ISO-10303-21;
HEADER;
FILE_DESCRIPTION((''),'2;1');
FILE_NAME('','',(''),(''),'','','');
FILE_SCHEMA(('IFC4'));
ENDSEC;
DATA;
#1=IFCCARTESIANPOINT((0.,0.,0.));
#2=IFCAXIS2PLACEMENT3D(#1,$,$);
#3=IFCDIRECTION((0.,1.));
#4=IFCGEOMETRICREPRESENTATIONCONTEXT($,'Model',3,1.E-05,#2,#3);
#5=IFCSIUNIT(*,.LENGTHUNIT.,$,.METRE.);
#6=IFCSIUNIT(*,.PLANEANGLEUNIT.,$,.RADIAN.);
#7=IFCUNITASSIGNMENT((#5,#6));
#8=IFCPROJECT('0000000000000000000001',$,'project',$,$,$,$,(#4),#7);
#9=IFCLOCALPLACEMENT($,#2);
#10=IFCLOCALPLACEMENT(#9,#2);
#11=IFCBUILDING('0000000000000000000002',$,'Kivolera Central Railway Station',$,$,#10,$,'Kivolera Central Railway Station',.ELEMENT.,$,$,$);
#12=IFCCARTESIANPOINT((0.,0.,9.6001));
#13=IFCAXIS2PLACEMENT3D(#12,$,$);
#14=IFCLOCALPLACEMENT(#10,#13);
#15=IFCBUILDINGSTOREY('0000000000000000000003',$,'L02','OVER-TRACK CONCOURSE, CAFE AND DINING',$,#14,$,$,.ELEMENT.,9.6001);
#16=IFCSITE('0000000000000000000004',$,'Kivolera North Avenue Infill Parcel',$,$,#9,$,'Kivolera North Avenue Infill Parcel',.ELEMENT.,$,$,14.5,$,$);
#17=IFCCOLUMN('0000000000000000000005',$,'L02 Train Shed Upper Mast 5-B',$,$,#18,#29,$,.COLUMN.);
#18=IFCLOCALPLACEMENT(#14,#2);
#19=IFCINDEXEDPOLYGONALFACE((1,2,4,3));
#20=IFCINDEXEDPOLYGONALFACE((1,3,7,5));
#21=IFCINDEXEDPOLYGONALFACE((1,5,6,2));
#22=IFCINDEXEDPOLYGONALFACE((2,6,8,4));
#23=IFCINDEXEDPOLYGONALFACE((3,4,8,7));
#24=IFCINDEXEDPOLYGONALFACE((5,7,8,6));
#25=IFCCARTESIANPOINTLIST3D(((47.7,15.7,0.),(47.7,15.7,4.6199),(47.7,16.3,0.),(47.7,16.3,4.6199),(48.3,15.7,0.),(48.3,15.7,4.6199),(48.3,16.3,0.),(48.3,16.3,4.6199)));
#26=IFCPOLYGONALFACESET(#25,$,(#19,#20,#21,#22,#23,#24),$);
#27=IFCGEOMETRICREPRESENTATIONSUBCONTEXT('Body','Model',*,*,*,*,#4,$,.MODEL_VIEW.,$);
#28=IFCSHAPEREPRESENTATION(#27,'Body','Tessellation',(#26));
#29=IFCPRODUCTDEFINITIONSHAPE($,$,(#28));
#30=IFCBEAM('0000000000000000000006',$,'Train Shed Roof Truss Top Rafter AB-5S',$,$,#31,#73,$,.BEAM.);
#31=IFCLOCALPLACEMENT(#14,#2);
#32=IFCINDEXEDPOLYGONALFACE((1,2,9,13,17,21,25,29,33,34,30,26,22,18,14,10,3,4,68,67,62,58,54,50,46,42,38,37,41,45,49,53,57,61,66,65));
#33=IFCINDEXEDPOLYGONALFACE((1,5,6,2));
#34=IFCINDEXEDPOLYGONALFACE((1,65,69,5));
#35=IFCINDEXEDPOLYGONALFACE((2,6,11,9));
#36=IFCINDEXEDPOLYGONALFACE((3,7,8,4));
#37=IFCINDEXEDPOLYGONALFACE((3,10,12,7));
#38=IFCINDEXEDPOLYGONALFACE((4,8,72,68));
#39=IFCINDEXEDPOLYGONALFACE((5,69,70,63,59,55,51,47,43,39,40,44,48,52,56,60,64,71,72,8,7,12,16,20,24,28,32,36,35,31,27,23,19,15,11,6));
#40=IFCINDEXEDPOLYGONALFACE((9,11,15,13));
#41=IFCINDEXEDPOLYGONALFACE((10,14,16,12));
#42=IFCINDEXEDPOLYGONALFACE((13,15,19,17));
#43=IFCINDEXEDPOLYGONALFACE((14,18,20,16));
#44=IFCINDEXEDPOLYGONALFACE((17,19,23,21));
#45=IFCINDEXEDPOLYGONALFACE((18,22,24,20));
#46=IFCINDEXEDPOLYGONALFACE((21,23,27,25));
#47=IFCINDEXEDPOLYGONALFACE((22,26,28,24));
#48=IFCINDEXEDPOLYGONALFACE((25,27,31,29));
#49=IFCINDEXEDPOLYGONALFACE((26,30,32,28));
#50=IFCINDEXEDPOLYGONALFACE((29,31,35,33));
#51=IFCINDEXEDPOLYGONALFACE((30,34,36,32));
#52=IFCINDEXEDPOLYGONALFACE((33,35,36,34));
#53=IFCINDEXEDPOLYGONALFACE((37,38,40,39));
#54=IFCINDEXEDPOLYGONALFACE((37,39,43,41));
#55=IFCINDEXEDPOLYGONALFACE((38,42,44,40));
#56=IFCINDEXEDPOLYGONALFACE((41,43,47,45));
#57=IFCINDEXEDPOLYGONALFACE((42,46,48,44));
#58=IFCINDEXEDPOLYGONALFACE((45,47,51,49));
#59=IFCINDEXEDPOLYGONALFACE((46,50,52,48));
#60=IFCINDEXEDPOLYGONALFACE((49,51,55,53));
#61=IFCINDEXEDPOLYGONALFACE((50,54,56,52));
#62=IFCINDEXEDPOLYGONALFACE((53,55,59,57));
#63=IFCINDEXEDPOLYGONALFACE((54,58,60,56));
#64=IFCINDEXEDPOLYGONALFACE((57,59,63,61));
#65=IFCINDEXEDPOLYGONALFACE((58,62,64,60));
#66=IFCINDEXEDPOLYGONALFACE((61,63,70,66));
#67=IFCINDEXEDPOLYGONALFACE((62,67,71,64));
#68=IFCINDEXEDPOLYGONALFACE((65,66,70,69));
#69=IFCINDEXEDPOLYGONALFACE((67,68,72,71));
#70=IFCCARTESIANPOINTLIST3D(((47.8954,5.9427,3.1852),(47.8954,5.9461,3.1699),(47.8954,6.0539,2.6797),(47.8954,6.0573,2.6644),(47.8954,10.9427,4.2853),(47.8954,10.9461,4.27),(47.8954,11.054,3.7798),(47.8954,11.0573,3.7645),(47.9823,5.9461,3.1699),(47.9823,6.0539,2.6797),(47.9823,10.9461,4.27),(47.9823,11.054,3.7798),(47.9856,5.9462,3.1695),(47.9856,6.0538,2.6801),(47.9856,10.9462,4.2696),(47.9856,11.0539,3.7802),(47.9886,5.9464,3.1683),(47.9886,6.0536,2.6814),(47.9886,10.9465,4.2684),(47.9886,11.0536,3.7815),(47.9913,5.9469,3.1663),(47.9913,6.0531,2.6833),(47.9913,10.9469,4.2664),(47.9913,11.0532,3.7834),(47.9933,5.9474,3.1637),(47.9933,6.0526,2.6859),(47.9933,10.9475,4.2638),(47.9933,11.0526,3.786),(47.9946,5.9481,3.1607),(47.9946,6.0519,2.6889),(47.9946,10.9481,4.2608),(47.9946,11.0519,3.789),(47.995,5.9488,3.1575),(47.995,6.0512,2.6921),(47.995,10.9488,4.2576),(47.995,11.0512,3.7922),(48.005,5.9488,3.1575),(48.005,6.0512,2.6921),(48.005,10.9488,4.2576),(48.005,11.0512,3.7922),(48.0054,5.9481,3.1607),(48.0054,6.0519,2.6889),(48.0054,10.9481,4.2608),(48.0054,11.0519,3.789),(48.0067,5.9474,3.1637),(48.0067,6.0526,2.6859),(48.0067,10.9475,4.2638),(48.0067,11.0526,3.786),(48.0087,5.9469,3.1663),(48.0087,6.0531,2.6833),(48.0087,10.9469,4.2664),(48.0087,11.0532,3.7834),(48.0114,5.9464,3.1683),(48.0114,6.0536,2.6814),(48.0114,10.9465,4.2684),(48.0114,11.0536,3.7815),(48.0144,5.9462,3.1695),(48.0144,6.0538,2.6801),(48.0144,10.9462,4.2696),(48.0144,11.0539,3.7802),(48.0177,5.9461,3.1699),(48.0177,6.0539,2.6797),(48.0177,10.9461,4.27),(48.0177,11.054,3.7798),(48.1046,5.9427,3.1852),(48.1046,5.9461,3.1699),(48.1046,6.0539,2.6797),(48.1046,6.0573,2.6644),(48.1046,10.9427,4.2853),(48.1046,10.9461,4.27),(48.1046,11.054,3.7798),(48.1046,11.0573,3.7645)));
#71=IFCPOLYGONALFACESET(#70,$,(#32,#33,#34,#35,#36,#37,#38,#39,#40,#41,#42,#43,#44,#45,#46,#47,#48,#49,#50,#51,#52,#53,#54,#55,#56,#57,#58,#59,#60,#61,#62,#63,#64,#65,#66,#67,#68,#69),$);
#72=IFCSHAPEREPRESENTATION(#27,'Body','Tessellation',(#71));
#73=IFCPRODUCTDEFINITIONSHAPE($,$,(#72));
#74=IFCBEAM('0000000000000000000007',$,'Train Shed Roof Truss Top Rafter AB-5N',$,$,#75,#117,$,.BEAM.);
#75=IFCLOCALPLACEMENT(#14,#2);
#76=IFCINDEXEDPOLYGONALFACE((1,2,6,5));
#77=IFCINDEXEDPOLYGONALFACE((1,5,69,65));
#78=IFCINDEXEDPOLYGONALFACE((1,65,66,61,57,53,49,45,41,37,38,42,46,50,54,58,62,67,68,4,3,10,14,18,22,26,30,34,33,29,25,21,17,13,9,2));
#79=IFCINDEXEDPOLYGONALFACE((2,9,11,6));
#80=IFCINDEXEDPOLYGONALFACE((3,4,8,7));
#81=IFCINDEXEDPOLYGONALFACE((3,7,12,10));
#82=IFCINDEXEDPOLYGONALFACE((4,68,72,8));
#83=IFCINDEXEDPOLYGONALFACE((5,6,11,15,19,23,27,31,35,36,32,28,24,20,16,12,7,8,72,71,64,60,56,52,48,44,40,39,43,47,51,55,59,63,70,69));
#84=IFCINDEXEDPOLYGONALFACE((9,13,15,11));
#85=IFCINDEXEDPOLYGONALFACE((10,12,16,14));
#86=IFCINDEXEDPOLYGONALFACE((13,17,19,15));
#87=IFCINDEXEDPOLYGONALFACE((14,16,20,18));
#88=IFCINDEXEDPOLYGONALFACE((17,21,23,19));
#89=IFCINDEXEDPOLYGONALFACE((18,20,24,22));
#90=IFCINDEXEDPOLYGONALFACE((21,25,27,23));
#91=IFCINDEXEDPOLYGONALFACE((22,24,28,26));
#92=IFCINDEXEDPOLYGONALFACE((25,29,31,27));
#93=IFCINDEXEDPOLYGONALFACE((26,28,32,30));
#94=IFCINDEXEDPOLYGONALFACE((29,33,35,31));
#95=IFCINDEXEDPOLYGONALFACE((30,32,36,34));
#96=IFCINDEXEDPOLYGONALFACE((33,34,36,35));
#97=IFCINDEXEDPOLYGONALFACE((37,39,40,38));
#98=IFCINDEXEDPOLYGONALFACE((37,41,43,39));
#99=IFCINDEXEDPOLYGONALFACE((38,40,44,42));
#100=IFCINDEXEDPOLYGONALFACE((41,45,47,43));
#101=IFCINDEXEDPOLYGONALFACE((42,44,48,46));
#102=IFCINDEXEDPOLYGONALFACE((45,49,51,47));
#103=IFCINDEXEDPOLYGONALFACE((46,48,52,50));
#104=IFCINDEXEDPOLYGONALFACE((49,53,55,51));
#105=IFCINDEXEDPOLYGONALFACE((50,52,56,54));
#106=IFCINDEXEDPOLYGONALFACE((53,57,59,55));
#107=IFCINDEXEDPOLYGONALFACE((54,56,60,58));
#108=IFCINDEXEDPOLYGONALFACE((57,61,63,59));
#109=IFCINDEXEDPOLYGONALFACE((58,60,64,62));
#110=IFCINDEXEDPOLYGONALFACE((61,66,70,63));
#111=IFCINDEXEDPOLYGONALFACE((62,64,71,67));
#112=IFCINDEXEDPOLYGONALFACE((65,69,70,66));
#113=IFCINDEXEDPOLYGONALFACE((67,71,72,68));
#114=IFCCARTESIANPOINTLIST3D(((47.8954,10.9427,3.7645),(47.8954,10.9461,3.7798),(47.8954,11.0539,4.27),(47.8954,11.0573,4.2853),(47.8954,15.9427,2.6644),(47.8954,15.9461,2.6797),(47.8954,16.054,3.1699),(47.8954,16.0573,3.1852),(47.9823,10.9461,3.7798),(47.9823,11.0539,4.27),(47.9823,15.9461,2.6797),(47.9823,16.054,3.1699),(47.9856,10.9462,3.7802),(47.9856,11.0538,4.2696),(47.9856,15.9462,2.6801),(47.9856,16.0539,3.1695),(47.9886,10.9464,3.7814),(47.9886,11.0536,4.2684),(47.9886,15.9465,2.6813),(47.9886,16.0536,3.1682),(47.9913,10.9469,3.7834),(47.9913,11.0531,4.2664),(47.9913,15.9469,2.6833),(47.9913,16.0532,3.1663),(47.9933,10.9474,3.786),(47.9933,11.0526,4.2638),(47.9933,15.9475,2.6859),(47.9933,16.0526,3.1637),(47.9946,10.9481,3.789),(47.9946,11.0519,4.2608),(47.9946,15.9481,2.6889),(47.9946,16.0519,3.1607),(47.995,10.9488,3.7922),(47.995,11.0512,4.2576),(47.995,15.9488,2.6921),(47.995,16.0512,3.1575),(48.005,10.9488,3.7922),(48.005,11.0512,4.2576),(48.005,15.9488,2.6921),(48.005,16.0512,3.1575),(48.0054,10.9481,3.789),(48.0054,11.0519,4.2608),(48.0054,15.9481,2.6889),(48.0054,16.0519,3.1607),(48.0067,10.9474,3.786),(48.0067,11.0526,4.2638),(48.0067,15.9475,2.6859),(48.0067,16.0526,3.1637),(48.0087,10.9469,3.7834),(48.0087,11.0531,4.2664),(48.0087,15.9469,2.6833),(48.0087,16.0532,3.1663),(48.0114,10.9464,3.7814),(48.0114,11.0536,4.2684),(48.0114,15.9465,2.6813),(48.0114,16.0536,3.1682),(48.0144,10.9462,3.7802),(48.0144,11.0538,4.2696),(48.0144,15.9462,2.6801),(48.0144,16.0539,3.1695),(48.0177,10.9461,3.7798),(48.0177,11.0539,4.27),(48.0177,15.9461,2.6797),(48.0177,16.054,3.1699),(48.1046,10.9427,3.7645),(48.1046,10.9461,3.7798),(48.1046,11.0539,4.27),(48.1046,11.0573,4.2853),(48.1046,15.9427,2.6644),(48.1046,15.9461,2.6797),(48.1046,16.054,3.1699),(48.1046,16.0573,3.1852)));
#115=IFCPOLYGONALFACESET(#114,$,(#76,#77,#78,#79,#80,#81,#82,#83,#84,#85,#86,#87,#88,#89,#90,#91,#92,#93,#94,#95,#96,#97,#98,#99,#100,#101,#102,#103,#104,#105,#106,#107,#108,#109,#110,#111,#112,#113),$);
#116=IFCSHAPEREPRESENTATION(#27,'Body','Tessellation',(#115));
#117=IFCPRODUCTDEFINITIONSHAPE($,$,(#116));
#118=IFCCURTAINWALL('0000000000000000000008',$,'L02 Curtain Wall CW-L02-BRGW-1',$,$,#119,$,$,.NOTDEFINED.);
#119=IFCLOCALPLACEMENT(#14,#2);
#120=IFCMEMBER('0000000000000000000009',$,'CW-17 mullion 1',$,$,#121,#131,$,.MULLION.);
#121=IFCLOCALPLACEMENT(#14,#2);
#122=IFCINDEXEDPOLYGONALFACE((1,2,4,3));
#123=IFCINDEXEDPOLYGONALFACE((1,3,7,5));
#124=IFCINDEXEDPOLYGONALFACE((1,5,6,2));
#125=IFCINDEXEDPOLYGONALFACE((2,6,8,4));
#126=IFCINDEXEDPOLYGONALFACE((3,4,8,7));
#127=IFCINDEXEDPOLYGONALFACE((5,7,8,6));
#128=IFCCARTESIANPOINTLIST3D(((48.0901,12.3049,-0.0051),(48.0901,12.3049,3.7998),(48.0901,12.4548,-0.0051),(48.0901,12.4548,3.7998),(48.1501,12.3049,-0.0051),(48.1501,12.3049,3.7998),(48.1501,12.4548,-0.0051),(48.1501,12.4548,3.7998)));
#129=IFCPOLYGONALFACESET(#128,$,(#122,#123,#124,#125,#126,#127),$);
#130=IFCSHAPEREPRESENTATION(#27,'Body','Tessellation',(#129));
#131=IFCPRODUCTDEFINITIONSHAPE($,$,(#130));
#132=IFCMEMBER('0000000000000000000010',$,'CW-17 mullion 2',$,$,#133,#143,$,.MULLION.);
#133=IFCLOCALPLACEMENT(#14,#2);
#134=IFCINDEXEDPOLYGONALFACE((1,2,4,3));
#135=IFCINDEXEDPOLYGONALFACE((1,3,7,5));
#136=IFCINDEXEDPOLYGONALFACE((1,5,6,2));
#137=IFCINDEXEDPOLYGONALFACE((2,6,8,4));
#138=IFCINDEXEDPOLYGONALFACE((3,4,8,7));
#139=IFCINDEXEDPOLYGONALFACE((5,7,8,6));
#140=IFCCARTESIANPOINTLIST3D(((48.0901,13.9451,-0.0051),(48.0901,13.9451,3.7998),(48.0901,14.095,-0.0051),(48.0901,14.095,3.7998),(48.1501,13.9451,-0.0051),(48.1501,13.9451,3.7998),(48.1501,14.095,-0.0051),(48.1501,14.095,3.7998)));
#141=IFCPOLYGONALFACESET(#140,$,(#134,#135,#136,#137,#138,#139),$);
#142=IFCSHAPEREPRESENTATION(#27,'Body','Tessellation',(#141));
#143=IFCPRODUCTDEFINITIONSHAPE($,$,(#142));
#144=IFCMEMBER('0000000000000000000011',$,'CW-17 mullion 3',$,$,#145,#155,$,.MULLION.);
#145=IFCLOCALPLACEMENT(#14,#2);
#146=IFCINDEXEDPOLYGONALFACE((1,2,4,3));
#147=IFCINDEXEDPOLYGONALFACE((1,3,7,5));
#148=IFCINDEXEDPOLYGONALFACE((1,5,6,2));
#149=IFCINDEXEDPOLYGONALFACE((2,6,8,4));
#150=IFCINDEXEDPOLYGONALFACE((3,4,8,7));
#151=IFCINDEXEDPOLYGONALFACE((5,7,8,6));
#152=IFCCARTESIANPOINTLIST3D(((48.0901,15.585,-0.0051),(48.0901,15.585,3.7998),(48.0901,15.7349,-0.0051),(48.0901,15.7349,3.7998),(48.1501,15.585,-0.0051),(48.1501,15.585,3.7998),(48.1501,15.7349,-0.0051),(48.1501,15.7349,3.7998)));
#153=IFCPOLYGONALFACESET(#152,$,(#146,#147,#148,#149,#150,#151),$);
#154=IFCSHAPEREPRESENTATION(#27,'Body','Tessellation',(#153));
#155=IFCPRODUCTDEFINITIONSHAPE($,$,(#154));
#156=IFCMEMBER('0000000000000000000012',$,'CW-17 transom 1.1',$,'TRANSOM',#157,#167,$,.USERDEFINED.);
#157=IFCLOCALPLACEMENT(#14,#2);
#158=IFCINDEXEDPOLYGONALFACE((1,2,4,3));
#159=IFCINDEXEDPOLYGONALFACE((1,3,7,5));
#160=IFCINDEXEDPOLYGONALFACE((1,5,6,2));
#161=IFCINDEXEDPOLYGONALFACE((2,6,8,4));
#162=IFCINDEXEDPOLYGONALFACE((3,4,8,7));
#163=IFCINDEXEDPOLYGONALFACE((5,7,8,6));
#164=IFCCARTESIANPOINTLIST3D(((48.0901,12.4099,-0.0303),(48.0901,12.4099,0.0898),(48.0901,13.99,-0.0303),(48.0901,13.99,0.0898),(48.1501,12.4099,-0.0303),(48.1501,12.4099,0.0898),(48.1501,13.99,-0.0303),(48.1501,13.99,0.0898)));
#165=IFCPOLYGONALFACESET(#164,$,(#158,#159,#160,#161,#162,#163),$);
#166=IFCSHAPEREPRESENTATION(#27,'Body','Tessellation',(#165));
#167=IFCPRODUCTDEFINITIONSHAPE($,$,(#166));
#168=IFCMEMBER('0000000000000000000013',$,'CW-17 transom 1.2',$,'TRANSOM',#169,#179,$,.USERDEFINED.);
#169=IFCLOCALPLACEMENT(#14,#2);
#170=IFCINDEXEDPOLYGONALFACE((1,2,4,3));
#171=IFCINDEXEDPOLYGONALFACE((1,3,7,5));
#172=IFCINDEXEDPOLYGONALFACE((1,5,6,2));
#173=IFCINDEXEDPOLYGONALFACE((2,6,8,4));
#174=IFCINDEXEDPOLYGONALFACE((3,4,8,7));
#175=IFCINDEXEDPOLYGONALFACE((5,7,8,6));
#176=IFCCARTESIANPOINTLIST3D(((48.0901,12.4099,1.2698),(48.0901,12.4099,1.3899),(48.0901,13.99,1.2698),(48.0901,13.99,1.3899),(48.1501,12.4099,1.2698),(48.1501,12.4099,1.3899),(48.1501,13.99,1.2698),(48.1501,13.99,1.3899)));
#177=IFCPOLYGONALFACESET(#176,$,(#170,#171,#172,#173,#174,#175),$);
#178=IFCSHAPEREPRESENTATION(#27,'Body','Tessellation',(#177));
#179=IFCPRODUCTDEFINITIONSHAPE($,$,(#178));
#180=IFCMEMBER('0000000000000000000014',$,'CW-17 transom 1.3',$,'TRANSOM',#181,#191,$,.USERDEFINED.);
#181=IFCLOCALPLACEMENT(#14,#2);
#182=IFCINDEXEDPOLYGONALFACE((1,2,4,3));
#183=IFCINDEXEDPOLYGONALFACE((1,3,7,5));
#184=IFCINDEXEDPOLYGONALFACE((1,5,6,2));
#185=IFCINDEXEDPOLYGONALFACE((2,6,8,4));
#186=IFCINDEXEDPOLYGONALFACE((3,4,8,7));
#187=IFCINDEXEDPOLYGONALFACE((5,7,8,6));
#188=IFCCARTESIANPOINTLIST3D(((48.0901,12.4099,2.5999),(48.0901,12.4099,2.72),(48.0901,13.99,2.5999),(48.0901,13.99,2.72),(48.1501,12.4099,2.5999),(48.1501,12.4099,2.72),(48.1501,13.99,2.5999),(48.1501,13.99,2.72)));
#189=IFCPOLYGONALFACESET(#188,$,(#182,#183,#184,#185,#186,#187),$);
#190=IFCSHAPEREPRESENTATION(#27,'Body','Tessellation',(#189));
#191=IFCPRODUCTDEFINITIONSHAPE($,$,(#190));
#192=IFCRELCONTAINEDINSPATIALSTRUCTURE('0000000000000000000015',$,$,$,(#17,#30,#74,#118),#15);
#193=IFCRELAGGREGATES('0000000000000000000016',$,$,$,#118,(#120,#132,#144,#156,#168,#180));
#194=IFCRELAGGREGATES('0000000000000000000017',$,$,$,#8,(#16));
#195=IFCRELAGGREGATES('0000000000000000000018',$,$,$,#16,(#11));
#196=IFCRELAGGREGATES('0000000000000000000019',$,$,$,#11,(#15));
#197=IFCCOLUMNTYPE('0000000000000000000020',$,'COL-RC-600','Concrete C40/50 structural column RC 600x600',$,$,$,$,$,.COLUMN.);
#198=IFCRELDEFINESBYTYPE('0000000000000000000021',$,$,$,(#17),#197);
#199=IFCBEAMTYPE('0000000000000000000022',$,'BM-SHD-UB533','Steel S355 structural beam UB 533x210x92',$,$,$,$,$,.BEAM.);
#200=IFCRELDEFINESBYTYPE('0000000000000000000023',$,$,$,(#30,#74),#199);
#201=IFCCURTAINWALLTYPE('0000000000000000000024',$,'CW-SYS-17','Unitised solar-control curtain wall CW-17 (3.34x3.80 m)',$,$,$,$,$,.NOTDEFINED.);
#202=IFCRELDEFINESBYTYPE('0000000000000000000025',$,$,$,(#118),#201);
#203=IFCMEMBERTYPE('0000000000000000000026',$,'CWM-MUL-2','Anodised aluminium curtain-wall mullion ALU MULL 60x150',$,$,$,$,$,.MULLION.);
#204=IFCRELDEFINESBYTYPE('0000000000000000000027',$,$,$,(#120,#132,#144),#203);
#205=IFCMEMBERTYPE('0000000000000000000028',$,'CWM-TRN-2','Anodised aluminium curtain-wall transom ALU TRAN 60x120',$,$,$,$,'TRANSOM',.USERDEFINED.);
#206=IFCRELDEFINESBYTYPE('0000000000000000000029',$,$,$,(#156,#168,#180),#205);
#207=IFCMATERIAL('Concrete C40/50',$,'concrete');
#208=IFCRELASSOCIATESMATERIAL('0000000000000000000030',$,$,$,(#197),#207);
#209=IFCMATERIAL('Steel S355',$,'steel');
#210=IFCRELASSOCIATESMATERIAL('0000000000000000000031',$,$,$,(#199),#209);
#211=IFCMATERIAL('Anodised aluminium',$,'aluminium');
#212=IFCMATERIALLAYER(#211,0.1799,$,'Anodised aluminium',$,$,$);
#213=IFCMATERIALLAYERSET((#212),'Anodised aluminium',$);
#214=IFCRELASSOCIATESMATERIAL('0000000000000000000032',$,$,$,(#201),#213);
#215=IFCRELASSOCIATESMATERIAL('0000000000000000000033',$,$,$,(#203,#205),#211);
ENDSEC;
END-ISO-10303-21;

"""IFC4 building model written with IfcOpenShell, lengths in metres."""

from ifc_helpers import new_model, si_unit, direction, frame, origin, origin_2d, place, context, subcontext, project, spatial, rectangle, i_section, extrude, material, layer, layer_set, material_profile, profile_set, type_object, element, aggregate, save


model = new_model("IFC4")

# Units and contexts
model_context = context("Model", 3, precision=1e-05, world=origin(), true_north=direction((0.0, 1.0)))
body_context = subcontext(model_context, "Body", "Model", "MODEL_VIEW")
ifc_project = project(units=[si_unit("LENGTHUNIT", "METRE"), si_unit("PLANEANGLEUNIT", "RADIAN")], contexts=[model_context])

# Site, building, storey
site_placement = place(None, origin())
site = spatial("IfcSite", under=ifc_project, at=site_placement, Name="Kivolera North Avenue Infill Parcel", LongName="Kivolera North Avenue Infill Parcel", CompositionType="ELEMENT", RefElevation=14.5)
building_placement = place(site_placement, origin())
building = spatial("IfcBuilding", under=site, at=building_placement, Name="Kivolera Central Railway Station", LongName="Kivolera Central Railway Station", CompositionType="ELEMENT")
storey_placement = place(building_placement, frame((0.0, 0.0, 9.6001)))
storey = spatial("IfcBuildingStorey", under=building, at=storey_placement, Name="L02", Description="OVER-TRACK CONCOURSE, CAFE AND DINING", CompositionType="ELEMENT", Elevation=9.6001)

# Column
ifc_material_1 = material(Name="Concrete C40/50", Category="concrete")
ifc_material_profile_1 = material_profile(ifc_material_1, rectangle(XDim=0.6001, YDim=0.6001, at=origin_2d()), Name="RC 600x600")
ifc_profile_set_1 = profile_set([ifc_material_profile_1], Name="Concrete C40/50")
column_type = type_object("IfcColumnType", Name="COL-RC-600", Description="Concrete C40/50 structural column RC 600x600", PredefinedType="COLUMN", material=ifc_profile_set_1)
column_placement = place(storey_placement, frame((48.0, 16.0, 0.0), z_axis=(0.0, 0.0, 1.0), x_axis=(1.0, 0.0, 0.0)))
element("IfcColumn", 1, at=column_placement, inside=storey, type_object=column_type, Name="L02 Train Shed Upper Mast 5-B", PredefinedType="COLUMN", context=body_context, shape_type="SweptSolid", body=[
    extrude(rectangle(XDim=0.6001, YDim=0.6001, at=origin_2d()), origin(), (0.0, 0.0, 1.0), 4.6199),
])

# Beams
ifc_material_2 = material(Name="Steel S355", Category="steel")
ifc_material_profile_2 = material_profile(ifc_material_2, i_section(OverallWidth=0.2092, OverallDepth=0.5332, WebThickness=0.01, FlangeThickness=0.0156, FilletRadius=0.0127, at=origin_2d()), Name="UB 533x210x92")
ifc_profile_set_2 = profile_set([ifc_material_profile_2], Name="Steel S355")
beam_type = type_object("IfcBeamType", Name="BM-SHD-UB533", Description="Steel S355 structural beam UB 533x210x92", PredefinedType="BEAM", material=ifc_profile_set_2)
for number, where, z_axis, x_axis, name in (
    (2, (48.0, 6.0, 2.9248), (0.0, 0.97664, 0.21488), (-1.0, 0.0, 0.0), "Train Shed Roof Truss Top Rafter AB-5S"),
    (3, (48.0, 11.0, 4.0249), (0.0, 0.97664, -0.21488), (-1.0, 0.0, 0.0), "Train Shed Roof Truss Top Rafter AB-5N"),
):
    element("IfcBeam", number, at=place(storey_placement, frame(where, z_axis=z_axis, x_axis=x_axis)), inside=storey, type_object=beam_type, Name=name, PredefinedType="BEAM", context=body_context, shape_type="SweptSolid", body=[
        extrude(i_section(OverallWidth=0.2092, OverallDepth=0.5332, WebThickness=0.01, FlangeThickness=0.0156, FilletRadius=0.0127, at=origin_2d()), origin(), (0.0, 0.0, 1.0), 5.1196),
    ])

# Curtain wall, members
ifc_material_3 = material(Name="Anodised aluminium", Category="aluminium")
ifc_layer_1 = layer(ifc_material_3, 0.1799, Name="Anodised aluminium")
ifc_layer_set_1 = layer_set([ifc_layer_1], Name="Anodised aluminium")
curtain_wall_type = type_object("IfcCurtainWallType", Name="CW-SYS-17", Description="Unitised solar-control curtain wall CW-17 (3.34x3.80 m)", PredefinedType="NOTDEFINED", material=ifc_layer_set_1)
curtain_wall_placement = place(storey_placement, origin())
curtain_wall = element("IfcCurtainWall", 4, at=curtain_wall_placement, inside=storey, type_object=curtain_wall_type, Name="L02 Curtain Wall CW-L02-BRGW-1", PredefinedType="NOTDEFINED")
ifc_material_profile_3 = material_profile(ifc_material_3, rectangle(XDim=0.0601, YDim=0.1499, at=origin_2d()), Name="ALU MULL 60x150")
ifc_profile_set_3 = profile_set([ifc_material_profile_3], Name="Anodised aluminium")
member_type_1 = type_object("IfcMemberType", Name="CWM-MUL-2", Description="Anodised aluminium curtain-wall mullion ALU MULL 60x150", PredefinedType="MULLION", material=ifc_profile_set_3)
member_1_placement = place(storey_placement, frame((48.1201, 12.3799, -0.0051), z_axis=(0.0, 0.0, 1.0), x_axis=(-1.0, 0.0, 0.0)))
member_1 = element("IfcMember", 5, at=member_1_placement, type_object=member_type_1, Name="CW-17 mullion 1", PredefinedType="MULLION", context=body_context, shape_type="SweptSolid", body=[
    extrude(rectangle(XDim=0.0601, YDim=0.1499, at=origin_2d()), origin(), (0.0, 0.0, 1.0), 3.8049),
])
member_2_placement = place(storey_placement, frame((48.1201, 14.02, -0.0051), z_axis=(0.0, 0.0, 1.0), x_axis=(-1.0, 0.0, 0.0)))
member_2 = element("IfcMember", 6, at=member_2_placement, type_object=member_type_1, Name="CW-17 mullion 2", PredefinedType="MULLION", context=body_context, shape_type="SweptSolid", body=[
    extrude(rectangle(XDim=0.0601, YDim=0.1499, at=origin_2d()), origin(), (0.0, 0.0, 1.0), 3.8049),
])
member_3_placement = place(storey_placement, frame((48.1201, 15.6599, -0.0051), z_axis=(0.0, 0.0, 1.0), x_axis=(-1.0, 0.0, 0.0)))
member_3 = element("IfcMember", 7, at=member_3_placement, type_object=member_type_1, Name="CW-17 mullion 3", PredefinedType="MULLION", context=body_context, shape_type="SweptSolid", body=[
    extrude(rectangle(XDim=0.0601, YDim=0.1499, at=origin_2d()), origin(), (0.0, 0.0, 1.0), 3.8049),
])
ifc_material_profile_4 = material_profile(ifc_material_3, rectangle(XDim=0.0601, YDim=0.1201, at=origin_2d()), Name="ALU TRAN 60x120")
ifc_profile_set_4 = profile_set([ifc_material_profile_4], Name="Anodised aluminium")
member_type_2 = type_object("IfcMemberType", Name="CWM-TRN-2", Description="Anodised aluminium curtain-wall transom ALU TRAN 60x120", ElementType="TRANSOM", PredefinedType="USERDEFINED", material=ifc_profile_set_4)
member_4_placement = place(storey_placement, frame((48.1201, 12.4099, 0.0298), z_axis=(0.0, 1.0, 0.0), x_axis=(-1.0, 0.0, 0.0)))
member_4 = element("IfcMember", 8, at=member_4_placement, type_object=member_type_2, Name="CW-17 transom 1.1", ObjectType="TRANSOM", PredefinedType="USERDEFINED", context=body_context, shape_type="SweptSolid", body=[
    extrude(rectangle(XDim=0.0601, YDim=0.1201, at=origin_2d()), origin(), (0.0, 0.0, 1.0), 1.5801),
])
member_5_placement = place(storey_placement, frame((48.1201, 12.4099, 1.3298), z_axis=(0.0, 1.0, 0.0), x_axis=(-1.0, 0.0, 0.0)))
member_5 = element("IfcMember", 9, at=member_5_placement, type_object=member_type_2, Name="CW-17 transom 1.2", ObjectType="TRANSOM", PredefinedType="USERDEFINED", context=body_context, shape_type="SweptSolid", body=[
    extrude(rectangle(XDim=0.0601, YDim=0.1201, at=origin_2d()), origin(), (0.0, 0.0, 1.0), 1.5801),
])
member_6_placement = place(storey_placement, frame((48.1201, 12.4099, 2.6599), z_axis=(0.0, 1.0, 0.0), x_axis=(-1.0, 0.0, 0.0)))
member_6 = element("IfcMember", 10, at=member_6_placement, type_object=member_type_2, Name="CW-17 transom 1.3", ObjectType="TRANSOM", PredefinedType="USERDEFINED", context=body_context, shape_type="SweptSolid", body=[
    extrude(rectangle(XDim=0.0601, YDim=0.1201, at=origin_2d()), origin(), (0.0, 0.0, 1.0), 1.5801),
])

aggregate(curtain_wall, [member_1, member_2, member_3, member_4, member_5, member_6])

save(model, "model.ifc")
